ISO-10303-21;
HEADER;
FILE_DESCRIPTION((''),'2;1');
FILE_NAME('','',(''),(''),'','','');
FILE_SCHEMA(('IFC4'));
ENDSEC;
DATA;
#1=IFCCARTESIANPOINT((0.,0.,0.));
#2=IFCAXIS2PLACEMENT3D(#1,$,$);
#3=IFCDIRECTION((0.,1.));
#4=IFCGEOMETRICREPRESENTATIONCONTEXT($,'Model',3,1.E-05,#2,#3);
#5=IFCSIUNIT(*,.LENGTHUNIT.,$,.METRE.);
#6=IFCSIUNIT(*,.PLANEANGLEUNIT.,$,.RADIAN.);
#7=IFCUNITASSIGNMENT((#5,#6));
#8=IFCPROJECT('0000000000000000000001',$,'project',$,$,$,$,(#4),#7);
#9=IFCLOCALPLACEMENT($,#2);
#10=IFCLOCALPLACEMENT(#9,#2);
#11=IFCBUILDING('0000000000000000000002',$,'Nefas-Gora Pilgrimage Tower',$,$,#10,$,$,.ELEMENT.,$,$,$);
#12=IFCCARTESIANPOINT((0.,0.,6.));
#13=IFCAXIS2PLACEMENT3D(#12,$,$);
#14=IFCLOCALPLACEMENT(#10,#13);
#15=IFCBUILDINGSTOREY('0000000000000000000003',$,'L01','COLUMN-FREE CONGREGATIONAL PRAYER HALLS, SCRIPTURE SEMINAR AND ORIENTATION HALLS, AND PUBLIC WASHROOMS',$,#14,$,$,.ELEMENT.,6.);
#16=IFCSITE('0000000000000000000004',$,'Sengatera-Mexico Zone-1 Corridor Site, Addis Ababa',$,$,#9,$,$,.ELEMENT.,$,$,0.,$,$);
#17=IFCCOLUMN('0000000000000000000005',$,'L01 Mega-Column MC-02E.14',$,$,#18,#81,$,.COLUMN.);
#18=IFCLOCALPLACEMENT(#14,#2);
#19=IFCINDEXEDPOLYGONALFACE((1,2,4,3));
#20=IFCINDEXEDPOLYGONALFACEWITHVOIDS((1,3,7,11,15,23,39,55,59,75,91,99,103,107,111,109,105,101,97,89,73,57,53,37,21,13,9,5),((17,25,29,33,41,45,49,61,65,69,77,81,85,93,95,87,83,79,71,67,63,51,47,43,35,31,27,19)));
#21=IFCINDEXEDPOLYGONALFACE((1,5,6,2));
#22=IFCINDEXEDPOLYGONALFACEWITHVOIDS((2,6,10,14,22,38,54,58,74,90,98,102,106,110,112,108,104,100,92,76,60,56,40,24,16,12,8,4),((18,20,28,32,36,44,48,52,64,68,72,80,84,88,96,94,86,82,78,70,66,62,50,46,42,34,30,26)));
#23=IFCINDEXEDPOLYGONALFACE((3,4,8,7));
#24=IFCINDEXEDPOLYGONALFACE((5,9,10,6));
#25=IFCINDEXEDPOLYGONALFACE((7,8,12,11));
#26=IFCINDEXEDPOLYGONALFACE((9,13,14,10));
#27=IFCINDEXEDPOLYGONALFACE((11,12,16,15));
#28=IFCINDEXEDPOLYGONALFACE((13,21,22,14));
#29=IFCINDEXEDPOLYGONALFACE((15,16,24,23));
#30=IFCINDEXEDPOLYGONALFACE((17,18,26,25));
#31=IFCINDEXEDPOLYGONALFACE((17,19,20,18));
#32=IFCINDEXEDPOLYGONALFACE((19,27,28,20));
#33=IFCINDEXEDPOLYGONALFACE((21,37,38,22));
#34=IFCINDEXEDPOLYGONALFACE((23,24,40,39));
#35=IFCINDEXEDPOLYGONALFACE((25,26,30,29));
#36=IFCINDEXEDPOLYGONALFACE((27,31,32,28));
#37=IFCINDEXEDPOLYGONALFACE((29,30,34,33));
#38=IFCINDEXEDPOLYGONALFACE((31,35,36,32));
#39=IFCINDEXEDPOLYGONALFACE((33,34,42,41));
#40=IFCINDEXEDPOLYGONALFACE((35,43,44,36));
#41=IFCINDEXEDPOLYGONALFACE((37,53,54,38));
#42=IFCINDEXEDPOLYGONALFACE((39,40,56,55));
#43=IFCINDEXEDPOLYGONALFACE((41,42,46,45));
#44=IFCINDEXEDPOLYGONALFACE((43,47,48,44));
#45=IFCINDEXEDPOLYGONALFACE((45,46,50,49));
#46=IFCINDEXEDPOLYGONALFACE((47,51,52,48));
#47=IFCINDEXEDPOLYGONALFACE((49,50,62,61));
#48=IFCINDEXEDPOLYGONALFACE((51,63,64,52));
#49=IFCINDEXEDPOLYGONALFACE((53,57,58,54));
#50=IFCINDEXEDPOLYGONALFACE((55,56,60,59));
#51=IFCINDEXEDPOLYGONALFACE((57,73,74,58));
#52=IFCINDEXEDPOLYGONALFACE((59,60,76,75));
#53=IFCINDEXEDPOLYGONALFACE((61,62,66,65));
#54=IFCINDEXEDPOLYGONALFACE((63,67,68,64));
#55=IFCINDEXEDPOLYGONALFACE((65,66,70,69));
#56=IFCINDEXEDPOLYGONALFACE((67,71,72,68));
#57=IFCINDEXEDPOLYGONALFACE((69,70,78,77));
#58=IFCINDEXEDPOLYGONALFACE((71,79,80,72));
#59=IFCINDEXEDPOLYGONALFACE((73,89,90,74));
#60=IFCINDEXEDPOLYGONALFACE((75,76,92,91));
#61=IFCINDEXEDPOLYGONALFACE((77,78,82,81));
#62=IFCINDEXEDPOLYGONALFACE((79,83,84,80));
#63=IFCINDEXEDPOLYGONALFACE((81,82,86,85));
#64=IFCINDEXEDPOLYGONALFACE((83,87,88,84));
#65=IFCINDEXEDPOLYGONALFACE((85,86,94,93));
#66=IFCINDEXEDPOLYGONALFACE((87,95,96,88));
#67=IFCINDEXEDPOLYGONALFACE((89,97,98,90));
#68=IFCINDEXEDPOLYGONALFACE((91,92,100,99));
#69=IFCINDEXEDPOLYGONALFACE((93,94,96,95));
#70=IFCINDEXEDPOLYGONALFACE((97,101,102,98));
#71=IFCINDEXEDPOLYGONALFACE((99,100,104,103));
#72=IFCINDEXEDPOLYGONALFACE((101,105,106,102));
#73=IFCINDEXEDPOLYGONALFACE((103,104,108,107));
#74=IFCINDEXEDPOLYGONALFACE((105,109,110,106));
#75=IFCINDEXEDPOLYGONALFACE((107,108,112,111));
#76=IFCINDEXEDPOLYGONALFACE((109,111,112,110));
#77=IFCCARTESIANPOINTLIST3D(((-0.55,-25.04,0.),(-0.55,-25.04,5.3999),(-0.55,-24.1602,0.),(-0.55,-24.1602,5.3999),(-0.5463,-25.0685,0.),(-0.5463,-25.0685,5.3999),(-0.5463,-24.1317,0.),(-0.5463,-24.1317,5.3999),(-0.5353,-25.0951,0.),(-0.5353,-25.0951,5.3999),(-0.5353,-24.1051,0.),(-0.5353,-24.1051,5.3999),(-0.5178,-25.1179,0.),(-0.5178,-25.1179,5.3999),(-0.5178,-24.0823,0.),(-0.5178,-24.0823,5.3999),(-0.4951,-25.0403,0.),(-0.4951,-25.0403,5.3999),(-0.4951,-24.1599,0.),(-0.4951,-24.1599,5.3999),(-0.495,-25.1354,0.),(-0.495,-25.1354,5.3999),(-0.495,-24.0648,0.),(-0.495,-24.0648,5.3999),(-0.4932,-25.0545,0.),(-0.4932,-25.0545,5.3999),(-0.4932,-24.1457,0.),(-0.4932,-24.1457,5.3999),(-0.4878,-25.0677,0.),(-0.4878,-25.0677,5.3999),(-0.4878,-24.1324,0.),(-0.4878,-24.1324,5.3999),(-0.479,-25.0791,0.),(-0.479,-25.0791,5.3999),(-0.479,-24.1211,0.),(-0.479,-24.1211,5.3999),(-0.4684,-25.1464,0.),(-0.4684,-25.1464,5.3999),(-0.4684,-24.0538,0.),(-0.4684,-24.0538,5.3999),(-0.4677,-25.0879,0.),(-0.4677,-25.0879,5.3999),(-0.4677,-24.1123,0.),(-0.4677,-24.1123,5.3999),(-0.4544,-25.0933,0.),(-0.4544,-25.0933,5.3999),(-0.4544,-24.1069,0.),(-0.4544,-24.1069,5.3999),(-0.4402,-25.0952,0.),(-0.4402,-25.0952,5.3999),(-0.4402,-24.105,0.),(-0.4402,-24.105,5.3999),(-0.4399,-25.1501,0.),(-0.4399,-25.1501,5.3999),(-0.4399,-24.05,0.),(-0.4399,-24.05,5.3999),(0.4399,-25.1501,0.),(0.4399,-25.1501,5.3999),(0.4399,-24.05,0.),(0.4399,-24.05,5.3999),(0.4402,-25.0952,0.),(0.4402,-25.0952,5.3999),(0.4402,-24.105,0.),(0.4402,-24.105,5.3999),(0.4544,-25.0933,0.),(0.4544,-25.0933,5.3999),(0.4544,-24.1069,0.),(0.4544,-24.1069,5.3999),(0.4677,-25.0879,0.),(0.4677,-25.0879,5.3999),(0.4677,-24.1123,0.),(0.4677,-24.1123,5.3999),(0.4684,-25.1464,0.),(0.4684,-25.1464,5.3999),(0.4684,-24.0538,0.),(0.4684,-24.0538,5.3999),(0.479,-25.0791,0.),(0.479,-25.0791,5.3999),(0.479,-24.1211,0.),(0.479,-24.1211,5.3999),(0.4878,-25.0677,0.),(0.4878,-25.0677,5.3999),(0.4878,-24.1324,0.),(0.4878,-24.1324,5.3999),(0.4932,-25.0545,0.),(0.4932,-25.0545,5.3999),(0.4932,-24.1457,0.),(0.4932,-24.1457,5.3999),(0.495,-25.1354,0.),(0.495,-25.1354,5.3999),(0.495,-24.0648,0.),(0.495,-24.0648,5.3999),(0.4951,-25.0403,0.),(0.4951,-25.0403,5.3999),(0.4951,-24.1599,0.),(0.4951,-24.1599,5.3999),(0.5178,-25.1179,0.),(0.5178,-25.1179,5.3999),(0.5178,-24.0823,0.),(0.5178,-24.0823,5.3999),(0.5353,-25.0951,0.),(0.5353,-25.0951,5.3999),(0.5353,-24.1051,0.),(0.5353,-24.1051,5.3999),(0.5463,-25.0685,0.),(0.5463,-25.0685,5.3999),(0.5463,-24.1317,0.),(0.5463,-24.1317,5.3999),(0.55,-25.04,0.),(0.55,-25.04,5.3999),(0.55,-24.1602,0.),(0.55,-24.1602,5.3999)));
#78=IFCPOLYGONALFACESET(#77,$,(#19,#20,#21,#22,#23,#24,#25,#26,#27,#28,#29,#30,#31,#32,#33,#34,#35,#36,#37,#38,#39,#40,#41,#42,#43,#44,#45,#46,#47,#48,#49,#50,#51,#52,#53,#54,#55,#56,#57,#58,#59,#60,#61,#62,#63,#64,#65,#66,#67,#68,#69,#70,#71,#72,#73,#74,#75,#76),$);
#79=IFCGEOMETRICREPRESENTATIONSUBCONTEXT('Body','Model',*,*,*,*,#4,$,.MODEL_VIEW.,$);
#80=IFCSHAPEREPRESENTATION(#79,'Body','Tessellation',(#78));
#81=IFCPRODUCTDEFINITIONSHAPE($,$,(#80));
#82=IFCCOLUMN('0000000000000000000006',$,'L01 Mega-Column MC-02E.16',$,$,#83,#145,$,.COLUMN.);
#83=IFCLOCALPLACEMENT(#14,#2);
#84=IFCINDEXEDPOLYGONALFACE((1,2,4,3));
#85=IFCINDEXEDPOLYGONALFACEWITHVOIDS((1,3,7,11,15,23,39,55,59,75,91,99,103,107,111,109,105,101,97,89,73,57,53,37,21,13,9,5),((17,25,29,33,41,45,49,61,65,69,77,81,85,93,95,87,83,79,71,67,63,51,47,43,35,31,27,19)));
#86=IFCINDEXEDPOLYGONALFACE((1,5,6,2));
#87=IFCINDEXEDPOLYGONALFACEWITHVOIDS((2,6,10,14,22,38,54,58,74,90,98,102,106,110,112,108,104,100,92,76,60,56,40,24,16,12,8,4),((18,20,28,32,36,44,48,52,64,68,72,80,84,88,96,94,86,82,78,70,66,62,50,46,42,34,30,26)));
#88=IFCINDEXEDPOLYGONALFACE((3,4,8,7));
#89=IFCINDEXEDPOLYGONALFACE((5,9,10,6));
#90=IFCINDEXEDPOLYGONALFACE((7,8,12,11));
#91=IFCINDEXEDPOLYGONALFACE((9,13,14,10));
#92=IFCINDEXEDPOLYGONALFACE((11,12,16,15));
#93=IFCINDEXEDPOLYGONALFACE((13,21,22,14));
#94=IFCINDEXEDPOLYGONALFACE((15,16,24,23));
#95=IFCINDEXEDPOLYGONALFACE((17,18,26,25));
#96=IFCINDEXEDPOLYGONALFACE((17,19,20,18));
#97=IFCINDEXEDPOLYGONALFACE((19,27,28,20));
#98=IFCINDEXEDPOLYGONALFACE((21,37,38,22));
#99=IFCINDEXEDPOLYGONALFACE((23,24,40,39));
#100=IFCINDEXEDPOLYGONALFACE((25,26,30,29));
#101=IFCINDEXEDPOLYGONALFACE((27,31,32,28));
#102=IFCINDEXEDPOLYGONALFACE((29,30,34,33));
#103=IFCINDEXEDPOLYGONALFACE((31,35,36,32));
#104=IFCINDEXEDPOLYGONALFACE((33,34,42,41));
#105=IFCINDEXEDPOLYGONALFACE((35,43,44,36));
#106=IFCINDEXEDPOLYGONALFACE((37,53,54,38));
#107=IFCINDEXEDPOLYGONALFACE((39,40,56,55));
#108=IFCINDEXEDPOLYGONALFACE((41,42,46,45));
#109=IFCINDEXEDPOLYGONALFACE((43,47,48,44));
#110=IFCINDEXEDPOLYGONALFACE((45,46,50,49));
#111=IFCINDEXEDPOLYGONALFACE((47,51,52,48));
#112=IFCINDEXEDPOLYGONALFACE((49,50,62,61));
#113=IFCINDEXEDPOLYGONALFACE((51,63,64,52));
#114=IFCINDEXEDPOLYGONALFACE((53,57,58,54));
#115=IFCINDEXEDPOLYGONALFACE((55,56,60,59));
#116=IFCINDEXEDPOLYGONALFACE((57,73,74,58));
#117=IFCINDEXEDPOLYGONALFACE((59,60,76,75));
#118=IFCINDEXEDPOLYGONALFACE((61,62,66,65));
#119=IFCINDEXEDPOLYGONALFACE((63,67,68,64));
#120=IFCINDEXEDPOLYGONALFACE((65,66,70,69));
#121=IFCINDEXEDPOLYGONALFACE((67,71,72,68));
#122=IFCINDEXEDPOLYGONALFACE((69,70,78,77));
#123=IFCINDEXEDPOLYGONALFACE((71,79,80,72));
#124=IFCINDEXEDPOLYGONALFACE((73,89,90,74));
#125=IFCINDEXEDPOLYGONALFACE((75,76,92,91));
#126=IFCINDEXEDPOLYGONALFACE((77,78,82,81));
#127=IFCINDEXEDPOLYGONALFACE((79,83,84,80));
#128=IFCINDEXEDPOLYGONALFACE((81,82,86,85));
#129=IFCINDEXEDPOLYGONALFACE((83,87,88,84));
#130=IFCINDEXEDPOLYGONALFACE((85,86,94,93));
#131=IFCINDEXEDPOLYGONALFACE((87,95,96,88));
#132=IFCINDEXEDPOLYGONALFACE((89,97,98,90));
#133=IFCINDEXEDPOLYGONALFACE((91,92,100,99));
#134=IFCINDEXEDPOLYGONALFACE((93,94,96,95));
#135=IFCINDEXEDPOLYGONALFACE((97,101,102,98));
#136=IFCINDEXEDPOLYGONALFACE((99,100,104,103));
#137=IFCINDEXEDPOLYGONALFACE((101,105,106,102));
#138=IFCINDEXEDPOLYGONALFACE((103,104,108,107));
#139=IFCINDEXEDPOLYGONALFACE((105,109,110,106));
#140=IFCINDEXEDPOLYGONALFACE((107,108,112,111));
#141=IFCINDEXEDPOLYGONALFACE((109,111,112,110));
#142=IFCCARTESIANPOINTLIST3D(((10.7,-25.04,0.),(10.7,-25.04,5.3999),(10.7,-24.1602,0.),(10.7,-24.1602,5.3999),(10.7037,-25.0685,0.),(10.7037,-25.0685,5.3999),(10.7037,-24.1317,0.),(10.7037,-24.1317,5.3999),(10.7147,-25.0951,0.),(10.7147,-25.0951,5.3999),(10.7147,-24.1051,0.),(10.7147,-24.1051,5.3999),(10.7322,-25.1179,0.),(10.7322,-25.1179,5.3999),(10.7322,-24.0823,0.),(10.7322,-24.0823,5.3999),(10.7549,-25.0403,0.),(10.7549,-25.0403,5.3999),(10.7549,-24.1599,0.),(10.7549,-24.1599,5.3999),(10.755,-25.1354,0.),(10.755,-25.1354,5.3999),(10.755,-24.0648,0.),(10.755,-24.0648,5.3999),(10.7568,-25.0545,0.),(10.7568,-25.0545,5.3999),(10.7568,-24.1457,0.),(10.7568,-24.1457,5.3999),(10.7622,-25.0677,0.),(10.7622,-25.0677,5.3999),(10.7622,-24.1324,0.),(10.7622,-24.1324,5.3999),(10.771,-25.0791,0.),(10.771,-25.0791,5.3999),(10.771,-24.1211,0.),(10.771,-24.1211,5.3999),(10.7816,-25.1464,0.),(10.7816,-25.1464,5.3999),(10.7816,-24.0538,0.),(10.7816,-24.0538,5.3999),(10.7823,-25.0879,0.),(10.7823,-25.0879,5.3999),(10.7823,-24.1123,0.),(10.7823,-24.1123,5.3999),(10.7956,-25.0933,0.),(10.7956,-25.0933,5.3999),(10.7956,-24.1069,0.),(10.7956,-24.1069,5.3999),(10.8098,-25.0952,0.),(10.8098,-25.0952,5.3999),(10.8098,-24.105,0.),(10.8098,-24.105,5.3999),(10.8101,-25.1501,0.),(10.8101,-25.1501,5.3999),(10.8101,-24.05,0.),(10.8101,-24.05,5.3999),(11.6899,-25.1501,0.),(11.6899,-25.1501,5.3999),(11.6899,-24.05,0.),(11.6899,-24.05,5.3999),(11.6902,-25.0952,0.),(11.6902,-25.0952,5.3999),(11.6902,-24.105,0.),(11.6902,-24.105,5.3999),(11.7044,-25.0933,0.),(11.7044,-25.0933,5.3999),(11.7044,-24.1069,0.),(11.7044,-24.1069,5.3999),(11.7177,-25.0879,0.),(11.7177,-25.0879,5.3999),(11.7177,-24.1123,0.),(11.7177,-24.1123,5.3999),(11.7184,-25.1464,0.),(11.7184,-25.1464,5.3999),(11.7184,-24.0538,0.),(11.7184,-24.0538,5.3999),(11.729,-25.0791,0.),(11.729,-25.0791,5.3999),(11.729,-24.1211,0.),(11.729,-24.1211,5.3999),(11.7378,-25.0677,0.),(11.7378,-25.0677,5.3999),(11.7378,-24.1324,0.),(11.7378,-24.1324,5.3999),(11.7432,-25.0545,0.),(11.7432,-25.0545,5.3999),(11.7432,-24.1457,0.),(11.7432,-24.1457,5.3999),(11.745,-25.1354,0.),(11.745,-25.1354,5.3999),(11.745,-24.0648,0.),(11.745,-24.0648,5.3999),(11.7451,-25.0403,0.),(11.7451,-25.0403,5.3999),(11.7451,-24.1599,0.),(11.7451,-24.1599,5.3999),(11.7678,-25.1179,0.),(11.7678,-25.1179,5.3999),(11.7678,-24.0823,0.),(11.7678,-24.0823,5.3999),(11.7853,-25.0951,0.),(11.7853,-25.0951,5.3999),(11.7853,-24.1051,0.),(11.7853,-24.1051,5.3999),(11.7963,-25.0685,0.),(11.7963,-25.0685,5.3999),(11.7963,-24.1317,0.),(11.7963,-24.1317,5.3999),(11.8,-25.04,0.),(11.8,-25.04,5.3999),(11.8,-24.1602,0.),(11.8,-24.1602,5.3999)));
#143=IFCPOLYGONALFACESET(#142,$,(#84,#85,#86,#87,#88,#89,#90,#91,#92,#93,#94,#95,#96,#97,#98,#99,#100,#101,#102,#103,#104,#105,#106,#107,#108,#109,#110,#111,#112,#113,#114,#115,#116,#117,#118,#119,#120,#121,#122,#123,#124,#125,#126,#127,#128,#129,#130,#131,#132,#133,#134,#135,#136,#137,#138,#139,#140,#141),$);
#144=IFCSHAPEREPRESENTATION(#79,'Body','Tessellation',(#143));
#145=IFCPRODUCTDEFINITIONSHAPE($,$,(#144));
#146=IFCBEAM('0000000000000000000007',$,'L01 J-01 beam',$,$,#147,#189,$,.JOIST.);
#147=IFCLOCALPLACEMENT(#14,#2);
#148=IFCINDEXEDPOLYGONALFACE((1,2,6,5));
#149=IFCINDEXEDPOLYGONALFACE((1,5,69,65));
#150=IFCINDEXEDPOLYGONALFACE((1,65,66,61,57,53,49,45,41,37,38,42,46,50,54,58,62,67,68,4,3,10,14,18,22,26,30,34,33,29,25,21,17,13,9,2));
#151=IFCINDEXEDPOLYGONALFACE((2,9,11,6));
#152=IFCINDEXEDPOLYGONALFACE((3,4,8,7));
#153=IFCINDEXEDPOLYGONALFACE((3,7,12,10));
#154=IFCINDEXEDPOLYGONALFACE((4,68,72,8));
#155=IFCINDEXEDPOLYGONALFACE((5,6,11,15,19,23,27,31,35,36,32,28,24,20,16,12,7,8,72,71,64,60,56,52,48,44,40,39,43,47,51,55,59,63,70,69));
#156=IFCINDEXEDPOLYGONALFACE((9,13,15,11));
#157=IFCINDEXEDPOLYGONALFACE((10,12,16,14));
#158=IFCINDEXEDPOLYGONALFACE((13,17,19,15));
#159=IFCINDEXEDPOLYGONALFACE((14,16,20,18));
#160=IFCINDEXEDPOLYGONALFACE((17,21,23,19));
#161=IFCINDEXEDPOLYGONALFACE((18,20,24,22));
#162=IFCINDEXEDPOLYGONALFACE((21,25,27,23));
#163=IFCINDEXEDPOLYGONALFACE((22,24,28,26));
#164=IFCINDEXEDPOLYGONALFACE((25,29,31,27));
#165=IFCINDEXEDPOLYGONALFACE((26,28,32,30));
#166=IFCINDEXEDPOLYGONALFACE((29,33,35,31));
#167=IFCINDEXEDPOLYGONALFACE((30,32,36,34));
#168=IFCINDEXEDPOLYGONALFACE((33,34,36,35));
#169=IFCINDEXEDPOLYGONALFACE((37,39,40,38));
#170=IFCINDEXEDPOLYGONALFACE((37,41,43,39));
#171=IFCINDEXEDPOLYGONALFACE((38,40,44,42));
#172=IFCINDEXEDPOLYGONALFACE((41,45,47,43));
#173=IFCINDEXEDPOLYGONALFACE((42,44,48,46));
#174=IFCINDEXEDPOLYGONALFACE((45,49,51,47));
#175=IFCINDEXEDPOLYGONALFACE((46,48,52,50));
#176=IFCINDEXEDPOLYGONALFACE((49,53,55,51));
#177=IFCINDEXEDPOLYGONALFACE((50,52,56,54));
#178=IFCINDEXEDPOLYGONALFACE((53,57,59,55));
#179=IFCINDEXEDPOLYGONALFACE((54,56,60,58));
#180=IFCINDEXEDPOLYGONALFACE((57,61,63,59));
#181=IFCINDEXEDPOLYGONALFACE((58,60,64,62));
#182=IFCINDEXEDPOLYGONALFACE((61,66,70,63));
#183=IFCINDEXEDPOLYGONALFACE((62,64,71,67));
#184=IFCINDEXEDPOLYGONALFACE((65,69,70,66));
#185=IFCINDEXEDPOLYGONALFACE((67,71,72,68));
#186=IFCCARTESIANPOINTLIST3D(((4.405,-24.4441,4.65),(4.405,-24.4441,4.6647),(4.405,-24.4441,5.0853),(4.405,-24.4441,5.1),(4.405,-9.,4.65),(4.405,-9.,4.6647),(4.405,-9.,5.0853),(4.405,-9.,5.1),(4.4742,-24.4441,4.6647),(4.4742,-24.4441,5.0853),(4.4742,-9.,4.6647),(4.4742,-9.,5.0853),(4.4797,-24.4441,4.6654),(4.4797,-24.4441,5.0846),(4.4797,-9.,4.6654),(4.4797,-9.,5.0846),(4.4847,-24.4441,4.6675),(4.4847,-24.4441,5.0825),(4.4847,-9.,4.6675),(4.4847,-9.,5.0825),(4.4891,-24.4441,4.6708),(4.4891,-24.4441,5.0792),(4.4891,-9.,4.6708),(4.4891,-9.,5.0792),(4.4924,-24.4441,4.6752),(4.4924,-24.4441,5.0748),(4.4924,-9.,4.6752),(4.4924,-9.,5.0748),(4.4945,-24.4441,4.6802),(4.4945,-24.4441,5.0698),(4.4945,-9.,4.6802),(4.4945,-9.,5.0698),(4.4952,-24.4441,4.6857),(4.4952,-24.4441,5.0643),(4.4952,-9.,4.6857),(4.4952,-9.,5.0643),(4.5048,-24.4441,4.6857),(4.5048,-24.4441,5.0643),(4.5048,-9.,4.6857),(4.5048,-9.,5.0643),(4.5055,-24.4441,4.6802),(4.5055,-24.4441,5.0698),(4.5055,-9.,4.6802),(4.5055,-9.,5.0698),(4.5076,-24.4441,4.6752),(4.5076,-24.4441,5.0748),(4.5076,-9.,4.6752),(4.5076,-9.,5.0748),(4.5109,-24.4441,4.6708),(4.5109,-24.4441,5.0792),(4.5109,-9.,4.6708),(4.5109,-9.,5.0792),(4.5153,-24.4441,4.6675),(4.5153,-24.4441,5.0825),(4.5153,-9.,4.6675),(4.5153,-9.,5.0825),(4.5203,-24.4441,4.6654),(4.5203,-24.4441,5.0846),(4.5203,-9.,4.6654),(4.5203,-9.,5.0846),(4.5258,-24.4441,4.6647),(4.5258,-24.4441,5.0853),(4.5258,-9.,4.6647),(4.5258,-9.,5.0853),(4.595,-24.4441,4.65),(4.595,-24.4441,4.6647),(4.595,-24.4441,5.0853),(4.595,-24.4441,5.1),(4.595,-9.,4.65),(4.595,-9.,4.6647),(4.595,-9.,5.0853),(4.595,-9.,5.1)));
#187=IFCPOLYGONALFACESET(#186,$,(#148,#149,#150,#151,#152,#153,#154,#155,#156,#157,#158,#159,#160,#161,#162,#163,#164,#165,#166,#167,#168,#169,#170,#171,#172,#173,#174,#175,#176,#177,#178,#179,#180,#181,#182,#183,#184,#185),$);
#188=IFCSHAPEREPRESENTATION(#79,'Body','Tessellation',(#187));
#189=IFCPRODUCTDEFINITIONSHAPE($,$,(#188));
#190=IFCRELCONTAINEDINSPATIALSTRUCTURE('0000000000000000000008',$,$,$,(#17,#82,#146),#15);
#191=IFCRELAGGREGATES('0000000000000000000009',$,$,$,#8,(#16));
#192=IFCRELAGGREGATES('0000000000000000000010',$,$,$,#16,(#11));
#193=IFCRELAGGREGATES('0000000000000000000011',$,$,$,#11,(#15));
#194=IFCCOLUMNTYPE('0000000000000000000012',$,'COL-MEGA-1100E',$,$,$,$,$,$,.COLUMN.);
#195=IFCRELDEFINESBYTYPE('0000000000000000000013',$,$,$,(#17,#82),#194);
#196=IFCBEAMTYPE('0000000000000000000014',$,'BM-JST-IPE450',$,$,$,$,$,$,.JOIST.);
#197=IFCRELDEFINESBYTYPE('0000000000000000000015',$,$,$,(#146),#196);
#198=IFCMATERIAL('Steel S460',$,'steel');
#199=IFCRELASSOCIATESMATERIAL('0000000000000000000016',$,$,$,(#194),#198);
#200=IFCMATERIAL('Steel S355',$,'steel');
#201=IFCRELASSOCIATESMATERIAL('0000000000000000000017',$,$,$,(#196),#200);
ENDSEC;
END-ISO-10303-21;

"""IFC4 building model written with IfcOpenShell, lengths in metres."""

from ifc_helpers import new_model, si_unit, direction, frame, origin, origin_2d, place, context, subcontext, project, spatial, hollow_rectangle, i_section, extrude, source, transform, mapped, material, material_profile, profile_set, type_object, element, save


model = new_model("IFC4")

# Units and contexts
model_context = context("Model", 3, precision=1e-05, world=origin(), true_north=direction((0.0, 1.0)))
body_context = subcontext(model_context, "Body", "Model", "MODEL_VIEW")
ifc_project = project(units=[si_unit("LENGTHUNIT", "METRE"), si_unit("PLANEANGLEUNIT", "RADIAN")], contexts=[model_context])

# Site, building, storey
site_placement = place(None, origin())
site = spatial("IfcSite", under=ifc_project, at=site_placement, Name="Sengatera-Mexico Zone-1 Corridor Site, Addis Ababa", CompositionType="ELEMENT", RefElevation=0.0)
building_placement = place(site_placement, origin())
building = spatial("IfcBuilding", under=site, at=building_placement, Name="Nefas-Gora Pilgrimage Tower", CompositionType="ELEMENT")
storey_placement = place(building_placement, frame((0.0, 0.0, 6.0)))
storey = spatial("IfcBuildingStorey", under=building, at=storey_placement, Name="L01", Description="COLUMN-FREE CONGREGATIONAL PRAYER HALLS, SCRIPTURE SEMINAR AND ORIENTATION HALLS, AND PUBLIC WASHROOMS", CompositionType="ELEMENT", Elevation=6.0)

# Columns
ifc_material_1 = material(Name="Steel S460", Category="steel")
ifc_material_profile_1 = material_profile(ifc_material_1, hollow_rectangle(XDim=1.1001, YDim=1.1001, WallThickness=0.0549, InnerFilletRadius=0.0549, OuterFilletRadius=0.1101, at=origin_2d()), Name="BOX 1100x1100x55")
ifc_profile_set_1 = profile_set([ifc_material_profile_1], Name="Steel S460")
column_type = type_object("IfcColumnType", Name="COL-MEGA-1100E", PredefinedType="COLUMN", material=ifc_profile_set_1)
shared_shape_1 = source(origin(), body_context, "Body", "SweptSolid", [
    extrude(hollow_rectangle(XDim=1.1001, YDim=1.1001, WallThickness=0.0549, InnerFilletRadius=0.0549, OuterFilletRadius=0.1101, at=origin_2d()), origin(), (0.0, 0.0, 1.0), 5.3999),
])
for number, where, z_axis, x_axis, name in (
    (1, (0.0, -24.6001, 0.0), (0.0, 0.0, 1.0), (1.0, 0.0, 0.0), "L01 Mega-Column MC-02E.14"),
    (2, (11.25, -24.6001, 0.0), (0.0, 0.0, 1.0), (1.0, 0.0, 0.0), "L01 Mega-Column MC-02E.16"),
):
    element("IfcColumn", number, at=place(storey_placement, frame(where, z_axis=z_axis, x_axis=x_axis)), inside=storey, type_object=column_type, Name=name, PredefinedType="COLUMN", context=body_context, shape_type="MappedRepresentation", body=[
        mapped(shared_shape_1, transform((0.0, 0.0, 0.0), x_axis=(1.0, 0.0, 0.0), y_axis=(0.0, 1.0, 0.0), z_axis=(0.0, 0.0, 1.0), scale=1.0)),
    ])

# Beam
ifc_material_2 = material(Name="Steel S355", Category="steel")
ifc_material_profile_2 = material_profile(ifc_material_2, i_section(OverallWidth=0.1899, OverallDepth=0.45, WebThickness=0.0095, FlangeThickness=0.0146, FilletRadius=0.021, at=origin_2d()), Name="IPE 450")
ifc_profile_set_2 = profile_set([ifc_material_profile_2], Name="Steel S355")
beam_type_1 = type_object("IfcBeamType", Name="BM-JST-IPE450", PredefinedType="JOIST", material=ifc_profile_set_2)
shared_shape_2 = source(origin(), body_context, "Body", "SweptSolid", [
    extrude(i_section(OverallWidth=0.1899, OverallDepth=0.45, WebThickness=0.0095, FlangeThickness=0.0146, FilletRadius=0.021, at=origin_2d()), origin(), (0.0, 0.0, 1.0), 15.4441),
])
beam_1_placement = place(storey_placement, frame((4.5, -24.4441, 4.875), z_axis=(0.0, 1.0, 0.0), x_axis=(-1.0, 0.0, 0.0)))
element("IfcBeam", 3, at=beam_1_placement, inside=storey, type_object=beam_type_1, Name="L01 J-01 beam", PredefinedType="JOIST", context=body_context, shape_type="MappedRepresentation", body=[
    mapped(shared_shape_2, transform((0.0, 0.0, 0.0), x_axis=(1.0, 0.0, 0.0), y_axis=(0.0, 1.0, 0.0), z_axis=(0.0, 0.0, 1.0), scale=1.0)),
])

save(model, "model.ifc")
